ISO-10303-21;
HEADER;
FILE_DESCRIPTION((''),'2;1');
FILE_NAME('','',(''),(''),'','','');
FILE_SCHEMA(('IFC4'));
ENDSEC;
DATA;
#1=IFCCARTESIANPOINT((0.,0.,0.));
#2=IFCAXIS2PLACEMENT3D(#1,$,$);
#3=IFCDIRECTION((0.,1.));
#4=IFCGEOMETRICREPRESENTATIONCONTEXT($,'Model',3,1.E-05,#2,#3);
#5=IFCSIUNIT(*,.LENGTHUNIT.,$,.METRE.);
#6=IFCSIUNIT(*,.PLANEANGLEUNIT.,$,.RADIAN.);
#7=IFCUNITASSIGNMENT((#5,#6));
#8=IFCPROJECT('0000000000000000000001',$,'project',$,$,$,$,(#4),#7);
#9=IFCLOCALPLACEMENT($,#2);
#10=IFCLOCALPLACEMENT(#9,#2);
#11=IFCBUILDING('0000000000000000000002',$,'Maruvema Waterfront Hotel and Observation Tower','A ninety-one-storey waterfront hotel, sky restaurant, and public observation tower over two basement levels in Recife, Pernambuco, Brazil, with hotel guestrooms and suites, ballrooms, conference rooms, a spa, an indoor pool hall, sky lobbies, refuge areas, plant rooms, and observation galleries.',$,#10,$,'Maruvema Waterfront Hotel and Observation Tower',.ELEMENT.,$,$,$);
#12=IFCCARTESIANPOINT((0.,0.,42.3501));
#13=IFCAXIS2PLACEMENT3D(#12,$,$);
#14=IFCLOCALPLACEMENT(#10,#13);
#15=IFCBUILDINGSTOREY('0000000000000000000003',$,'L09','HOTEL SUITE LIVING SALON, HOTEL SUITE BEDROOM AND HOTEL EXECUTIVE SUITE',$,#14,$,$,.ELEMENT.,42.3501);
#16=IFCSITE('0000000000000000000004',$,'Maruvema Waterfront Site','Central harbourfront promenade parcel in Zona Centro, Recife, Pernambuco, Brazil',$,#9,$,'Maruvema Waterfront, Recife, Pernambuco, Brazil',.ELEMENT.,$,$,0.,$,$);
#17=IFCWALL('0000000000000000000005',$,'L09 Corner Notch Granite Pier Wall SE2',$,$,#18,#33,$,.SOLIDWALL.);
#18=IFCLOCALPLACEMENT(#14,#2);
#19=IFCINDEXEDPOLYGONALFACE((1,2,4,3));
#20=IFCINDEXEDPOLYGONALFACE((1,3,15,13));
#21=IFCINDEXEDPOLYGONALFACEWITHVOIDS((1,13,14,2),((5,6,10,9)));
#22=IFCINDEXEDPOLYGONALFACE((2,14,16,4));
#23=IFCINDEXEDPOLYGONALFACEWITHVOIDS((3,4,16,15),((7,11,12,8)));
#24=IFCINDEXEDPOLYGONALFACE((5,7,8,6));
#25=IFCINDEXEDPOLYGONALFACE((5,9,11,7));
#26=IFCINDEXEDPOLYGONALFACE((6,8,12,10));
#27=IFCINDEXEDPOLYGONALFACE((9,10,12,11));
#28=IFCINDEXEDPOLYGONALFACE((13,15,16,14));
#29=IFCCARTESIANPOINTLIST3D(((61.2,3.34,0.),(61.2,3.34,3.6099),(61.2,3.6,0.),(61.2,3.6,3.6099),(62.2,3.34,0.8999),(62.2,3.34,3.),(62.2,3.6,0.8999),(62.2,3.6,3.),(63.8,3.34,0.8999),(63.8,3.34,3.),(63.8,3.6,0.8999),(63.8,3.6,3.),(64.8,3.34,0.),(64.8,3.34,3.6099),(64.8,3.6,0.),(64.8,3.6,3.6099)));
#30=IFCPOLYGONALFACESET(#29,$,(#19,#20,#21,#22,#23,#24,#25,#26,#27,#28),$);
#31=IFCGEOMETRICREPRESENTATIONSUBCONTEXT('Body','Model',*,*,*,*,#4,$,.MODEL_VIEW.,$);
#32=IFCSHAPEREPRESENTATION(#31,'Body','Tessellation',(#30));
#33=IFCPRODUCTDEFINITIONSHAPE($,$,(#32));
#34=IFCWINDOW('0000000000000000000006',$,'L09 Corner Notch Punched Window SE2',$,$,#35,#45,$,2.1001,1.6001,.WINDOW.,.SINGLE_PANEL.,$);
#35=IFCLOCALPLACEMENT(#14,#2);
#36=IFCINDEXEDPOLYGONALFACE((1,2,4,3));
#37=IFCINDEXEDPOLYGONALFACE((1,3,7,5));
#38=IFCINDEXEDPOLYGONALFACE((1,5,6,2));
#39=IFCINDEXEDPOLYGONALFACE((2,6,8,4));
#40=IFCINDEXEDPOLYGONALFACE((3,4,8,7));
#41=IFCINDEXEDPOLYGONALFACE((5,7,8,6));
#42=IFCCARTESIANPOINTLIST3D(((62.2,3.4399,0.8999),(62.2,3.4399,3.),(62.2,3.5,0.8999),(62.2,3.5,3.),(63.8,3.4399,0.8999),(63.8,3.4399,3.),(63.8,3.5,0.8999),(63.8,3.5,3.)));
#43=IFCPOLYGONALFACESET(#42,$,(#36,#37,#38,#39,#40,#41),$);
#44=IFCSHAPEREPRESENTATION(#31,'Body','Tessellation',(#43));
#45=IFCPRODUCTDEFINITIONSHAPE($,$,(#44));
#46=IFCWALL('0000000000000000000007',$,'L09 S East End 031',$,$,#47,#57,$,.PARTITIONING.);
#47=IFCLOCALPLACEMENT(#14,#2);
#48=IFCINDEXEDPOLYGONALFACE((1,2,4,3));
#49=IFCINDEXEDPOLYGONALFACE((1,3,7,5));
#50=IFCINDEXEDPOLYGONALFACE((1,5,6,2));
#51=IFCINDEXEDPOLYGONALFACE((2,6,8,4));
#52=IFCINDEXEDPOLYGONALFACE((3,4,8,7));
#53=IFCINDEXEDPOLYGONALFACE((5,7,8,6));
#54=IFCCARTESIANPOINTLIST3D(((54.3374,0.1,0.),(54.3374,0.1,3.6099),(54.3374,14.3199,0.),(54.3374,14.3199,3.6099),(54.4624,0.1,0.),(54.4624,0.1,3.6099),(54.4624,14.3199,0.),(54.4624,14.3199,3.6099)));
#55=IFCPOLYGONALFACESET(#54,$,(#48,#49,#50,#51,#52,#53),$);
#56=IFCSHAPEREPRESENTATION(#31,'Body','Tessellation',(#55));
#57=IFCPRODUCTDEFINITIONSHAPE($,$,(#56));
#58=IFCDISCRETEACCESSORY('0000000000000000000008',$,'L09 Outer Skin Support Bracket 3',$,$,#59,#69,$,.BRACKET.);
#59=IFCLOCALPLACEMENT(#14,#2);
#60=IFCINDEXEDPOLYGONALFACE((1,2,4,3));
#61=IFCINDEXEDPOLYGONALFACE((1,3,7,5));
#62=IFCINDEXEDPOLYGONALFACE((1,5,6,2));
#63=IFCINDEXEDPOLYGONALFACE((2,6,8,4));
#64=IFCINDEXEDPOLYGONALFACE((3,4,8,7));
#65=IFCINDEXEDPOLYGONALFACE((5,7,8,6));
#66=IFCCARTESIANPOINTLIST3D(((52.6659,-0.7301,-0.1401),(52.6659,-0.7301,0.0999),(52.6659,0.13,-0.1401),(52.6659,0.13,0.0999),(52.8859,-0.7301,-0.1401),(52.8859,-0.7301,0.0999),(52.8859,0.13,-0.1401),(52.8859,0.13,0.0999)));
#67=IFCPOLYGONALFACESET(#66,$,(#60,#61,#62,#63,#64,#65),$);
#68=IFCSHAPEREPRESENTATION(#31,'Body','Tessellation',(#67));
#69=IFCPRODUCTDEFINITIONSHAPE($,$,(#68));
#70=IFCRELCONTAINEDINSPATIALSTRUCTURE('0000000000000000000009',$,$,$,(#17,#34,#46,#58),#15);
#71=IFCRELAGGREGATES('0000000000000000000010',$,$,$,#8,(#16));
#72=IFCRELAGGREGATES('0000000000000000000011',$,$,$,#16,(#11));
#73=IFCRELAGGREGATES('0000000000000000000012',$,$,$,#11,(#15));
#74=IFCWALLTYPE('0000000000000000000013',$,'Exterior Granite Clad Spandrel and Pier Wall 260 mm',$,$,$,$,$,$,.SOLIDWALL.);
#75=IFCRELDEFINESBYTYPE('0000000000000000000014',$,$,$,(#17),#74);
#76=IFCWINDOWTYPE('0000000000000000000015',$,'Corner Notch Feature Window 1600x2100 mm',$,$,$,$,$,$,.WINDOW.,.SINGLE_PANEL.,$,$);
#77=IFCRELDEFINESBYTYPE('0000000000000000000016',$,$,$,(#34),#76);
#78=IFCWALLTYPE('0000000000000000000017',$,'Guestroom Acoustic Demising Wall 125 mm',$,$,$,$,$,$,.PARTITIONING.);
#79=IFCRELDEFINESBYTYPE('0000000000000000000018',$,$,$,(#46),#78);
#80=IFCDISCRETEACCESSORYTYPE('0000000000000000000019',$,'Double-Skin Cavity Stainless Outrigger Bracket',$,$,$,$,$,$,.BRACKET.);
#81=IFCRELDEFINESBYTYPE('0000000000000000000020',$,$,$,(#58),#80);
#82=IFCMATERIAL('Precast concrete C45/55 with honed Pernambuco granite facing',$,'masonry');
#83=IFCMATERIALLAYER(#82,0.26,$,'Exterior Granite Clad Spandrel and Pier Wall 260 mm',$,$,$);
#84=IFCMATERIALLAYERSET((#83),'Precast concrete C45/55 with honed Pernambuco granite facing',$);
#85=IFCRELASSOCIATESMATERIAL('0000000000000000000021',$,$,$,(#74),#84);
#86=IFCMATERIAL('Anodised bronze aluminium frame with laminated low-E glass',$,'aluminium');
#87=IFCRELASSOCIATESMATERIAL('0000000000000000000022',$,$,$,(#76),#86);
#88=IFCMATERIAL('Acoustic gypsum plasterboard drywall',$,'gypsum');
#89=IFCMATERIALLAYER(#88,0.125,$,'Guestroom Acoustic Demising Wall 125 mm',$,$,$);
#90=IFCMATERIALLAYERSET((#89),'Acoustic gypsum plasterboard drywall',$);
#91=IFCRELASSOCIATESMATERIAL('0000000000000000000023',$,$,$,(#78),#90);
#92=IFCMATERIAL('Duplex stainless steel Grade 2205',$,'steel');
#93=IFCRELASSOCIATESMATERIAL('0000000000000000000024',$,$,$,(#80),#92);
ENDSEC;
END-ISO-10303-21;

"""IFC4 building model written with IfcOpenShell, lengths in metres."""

from ifc_helpers import new_model, si_unit, direction, frame, frame_2d, origin, origin_2d, place, context, subcontext, project, spatial, rectangle, extrude, material, layer, layer_set, type_object, element, fill, save


model = new_model("IFC4")

# Units and contexts
model_context = context("Model", 3, precision=1e-05, world=origin(), true_north=direction((0.0, 1.0)))
body_context = subcontext(model_context, "Body", "Model", "MODEL_VIEW")
ifc_project = project(units=[si_unit("LENGTHUNIT", "METRE"), si_unit("PLANEANGLEUNIT", "RADIAN")], contexts=[model_context])

# Site, building, storey
site_placement = place(None, origin())
site = spatial("IfcSite", under=ifc_project, at=site_placement, Name="Maruvema Waterfront Site", Description="Central harbourfront promenade parcel in Zona Centro, Recife, Pernambuco, Brazil", LongName="Maruvema Waterfront, Recife, Pernambuco, Brazil", CompositionType="ELEMENT", RefElevation=0.0)
building_placement = place(site_placement, origin())
building = spatial("IfcBuilding", under=site, at=building_placement, Name="Maruvema Waterfront Hotel and Observation Tower", Description="A ninety-one-storey waterfront hotel, sky restaurant, and public observation tower over two basement levels in Recife, Pernambuco, Brazil, with hotel guestrooms and suites, ballrooms, conference rooms, a spa, an indoor pool hall, sky lobbies, refuge areas, plant rooms, and observation galleries.", LongName="Maruvema Waterfront Hotel and Observation Tower", CompositionType="ELEMENT")
storey_placement = place(building_placement, frame((0.0, 0.0, 42.3501)))
storey = spatial("IfcBuildingStorey", under=building, at=storey_placement, Name="L09", Description="HOTEL SUITE LIVING SALON, HOTEL SUITE BEDROOM AND HOTEL EXECUTIVE SUITE", CompositionType="ELEMENT", Elevation=42.3501)

# Shared definitions
ifc_material_1 = material(Name="Precast concrete C45/55 with honed Pernambuco granite facing", Category="masonry")
ifc_layer_1 = layer(ifc_material_1, 0.26, Name="Exterior Granite Clad Spandrel and Pier Wall 260 mm")
ifc_layer_set_1 = layer_set([ifc_layer_1], Name="Precast concrete C45/55 with honed Pernambuco granite facing")
wall_type_1 = type_object("IfcWallType", Name="Exterior Granite Clad Spandrel and Pier Wall 260 mm", PredefinedType="SOLIDWALL", material=ifc_layer_set_1)

# Wall, opening, window
wall_1_placement = place(storey_placement, frame((64.8, 3.47, 0.0), z_axis=(0.0, 0.0, 1.0), x_axis=(-1.0, 0.0, 0.0)))
wall_1 = element("IfcWall", 1, at=wall_1_placement, inside=storey, type_object=wall_type_1, Name="L09 Corner Notch Granite Pier Wall SE2", PredefinedType="SOLIDWALL", context=body_context, shape_type="SweptSolid", body=[
    extrude(rectangle(XDim=3.6001, YDim=0.26, at=frame_2d((1.8, 0.0))), origin(), (0.0, 0.0, 1.0), 3.6099),
])
opening_placement = place(wall_1_placement, frame((1.0, 0.0, 0.8999)))
opening = element("IfcOpeningElement", 2, at=opening_placement, cuts=wall_1, PredefinedType="OPENING", context=body_context, shape_type="SweptSolid", body=[
    extrude(rectangle(XDim=1.6001, YDim=2.1001, at=frame_2d((0.8, 1.05))), frame((0.0, 0.1401, 0.0), z_axis=(0.0, -1.0, 0.0), x_axis=(1.0, 0.0, 0.0)), (0.0, 0.0, 1.0), 0.28),
])
ifc_material_2 = material(Name="Anodised bronze aluminium frame with laminated low-E glass", Category="aluminium")
window_type = type_object("IfcWindowType", Name="Corner Notch Feature Window 1600x2100 mm", PartitioningType="SINGLE_PANEL", PredefinedType="WINDOW", material=ifc_material_2)
window_placement = place(opening_placement, origin())
window = element("IfcWindow", 3, at=window_placement, inside=storey, type_object=window_type, Name="L09 Corner Notch Punched Window SE2", OverallHeight=2.1001, OverallWidth=1.6001, PartitioningType="SINGLE_PANEL", PredefinedType="WINDOW", context=body_context, shape_type="SweptSolid", body=[
    extrude(rectangle(XDim=1.6001, YDim=2.1001, at=frame_2d((0.8, 1.05))), frame((0.0, 0.03, 0.0), z_axis=(0.0, -1.0, 0.0), x_axis=(1.0, 0.0, 0.0)), (0.0, 0.0, 1.0), 0.0601),
])
fill(opening, window)

# Wall
ifc_material_3 = material(Name="Acoustic gypsum plasterboard drywall", Category="gypsum")
ifc_layer_2 = layer(ifc_material_3, 0.125, Name="Guestroom Acoustic Demising Wall 125 mm")
ifc_layer_set_2 = layer_set([ifc_layer_2], Name="Acoustic gypsum plasterboard drywall")
wall_type_2 = type_object("IfcWallType", Name="Guestroom Acoustic Demising Wall 125 mm", PredefinedType="PARTITIONING", material=ifc_layer_set_2)
wall_2_placement = place(storey_placement, frame((54.3999, 0.1001, 0.0), z_axis=(0.0, 0.0, 1.0), x_axis=(0.0, 1.0, 0.0)))
element("IfcWall", 4, at=wall_2_placement, inside=storey, type_object=wall_type_2, Name="L09 S East End 031", PredefinedType="PARTITIONING", context=body_context, shape_type="SweptSolid", body=[
    extrude(rectangle(XDim=14.22, YDim=0.125, at=frame_2d((7.1099, 0.0))), origin(), (0.0, 0.0, 1.0), 3.6099),
])

# Discrete accessory
ifc_material_4 = material(Name="Duplex stainless steel Grade 2205", Category="steel")
discrete_accessory_type = type_object("IfcDiscreteAccessoryType", Name="Double-Skin Cavity Stainless Outrigger Bracket", PredefinedType="BRACKET", material=ifc_material_4)
discrete_accessory_placement = place(storey_placement, frame((52.7759, -0.3, -0.1401), z_axis=(0.0, 0.0, 1.0), x_axis=(1.0, 0.0, 0.0)))
element("IfcDiscreteAccessory", 5, at=discrete_accessory_placement, inside=storey, type_object=discrete_accessory_type, Name="L09 Outer Skin Support Bracket 3", PredefinedType="BRACKET", context=body_context, shape_type="SweptSolid", body=[
    extrude(rectangle(XDim=0.22, YDim=0.8601, at=origin_2d()), origin(), (0.0, 0.0, 1.0), 0.24),
])

save(model, "model.ifc")
